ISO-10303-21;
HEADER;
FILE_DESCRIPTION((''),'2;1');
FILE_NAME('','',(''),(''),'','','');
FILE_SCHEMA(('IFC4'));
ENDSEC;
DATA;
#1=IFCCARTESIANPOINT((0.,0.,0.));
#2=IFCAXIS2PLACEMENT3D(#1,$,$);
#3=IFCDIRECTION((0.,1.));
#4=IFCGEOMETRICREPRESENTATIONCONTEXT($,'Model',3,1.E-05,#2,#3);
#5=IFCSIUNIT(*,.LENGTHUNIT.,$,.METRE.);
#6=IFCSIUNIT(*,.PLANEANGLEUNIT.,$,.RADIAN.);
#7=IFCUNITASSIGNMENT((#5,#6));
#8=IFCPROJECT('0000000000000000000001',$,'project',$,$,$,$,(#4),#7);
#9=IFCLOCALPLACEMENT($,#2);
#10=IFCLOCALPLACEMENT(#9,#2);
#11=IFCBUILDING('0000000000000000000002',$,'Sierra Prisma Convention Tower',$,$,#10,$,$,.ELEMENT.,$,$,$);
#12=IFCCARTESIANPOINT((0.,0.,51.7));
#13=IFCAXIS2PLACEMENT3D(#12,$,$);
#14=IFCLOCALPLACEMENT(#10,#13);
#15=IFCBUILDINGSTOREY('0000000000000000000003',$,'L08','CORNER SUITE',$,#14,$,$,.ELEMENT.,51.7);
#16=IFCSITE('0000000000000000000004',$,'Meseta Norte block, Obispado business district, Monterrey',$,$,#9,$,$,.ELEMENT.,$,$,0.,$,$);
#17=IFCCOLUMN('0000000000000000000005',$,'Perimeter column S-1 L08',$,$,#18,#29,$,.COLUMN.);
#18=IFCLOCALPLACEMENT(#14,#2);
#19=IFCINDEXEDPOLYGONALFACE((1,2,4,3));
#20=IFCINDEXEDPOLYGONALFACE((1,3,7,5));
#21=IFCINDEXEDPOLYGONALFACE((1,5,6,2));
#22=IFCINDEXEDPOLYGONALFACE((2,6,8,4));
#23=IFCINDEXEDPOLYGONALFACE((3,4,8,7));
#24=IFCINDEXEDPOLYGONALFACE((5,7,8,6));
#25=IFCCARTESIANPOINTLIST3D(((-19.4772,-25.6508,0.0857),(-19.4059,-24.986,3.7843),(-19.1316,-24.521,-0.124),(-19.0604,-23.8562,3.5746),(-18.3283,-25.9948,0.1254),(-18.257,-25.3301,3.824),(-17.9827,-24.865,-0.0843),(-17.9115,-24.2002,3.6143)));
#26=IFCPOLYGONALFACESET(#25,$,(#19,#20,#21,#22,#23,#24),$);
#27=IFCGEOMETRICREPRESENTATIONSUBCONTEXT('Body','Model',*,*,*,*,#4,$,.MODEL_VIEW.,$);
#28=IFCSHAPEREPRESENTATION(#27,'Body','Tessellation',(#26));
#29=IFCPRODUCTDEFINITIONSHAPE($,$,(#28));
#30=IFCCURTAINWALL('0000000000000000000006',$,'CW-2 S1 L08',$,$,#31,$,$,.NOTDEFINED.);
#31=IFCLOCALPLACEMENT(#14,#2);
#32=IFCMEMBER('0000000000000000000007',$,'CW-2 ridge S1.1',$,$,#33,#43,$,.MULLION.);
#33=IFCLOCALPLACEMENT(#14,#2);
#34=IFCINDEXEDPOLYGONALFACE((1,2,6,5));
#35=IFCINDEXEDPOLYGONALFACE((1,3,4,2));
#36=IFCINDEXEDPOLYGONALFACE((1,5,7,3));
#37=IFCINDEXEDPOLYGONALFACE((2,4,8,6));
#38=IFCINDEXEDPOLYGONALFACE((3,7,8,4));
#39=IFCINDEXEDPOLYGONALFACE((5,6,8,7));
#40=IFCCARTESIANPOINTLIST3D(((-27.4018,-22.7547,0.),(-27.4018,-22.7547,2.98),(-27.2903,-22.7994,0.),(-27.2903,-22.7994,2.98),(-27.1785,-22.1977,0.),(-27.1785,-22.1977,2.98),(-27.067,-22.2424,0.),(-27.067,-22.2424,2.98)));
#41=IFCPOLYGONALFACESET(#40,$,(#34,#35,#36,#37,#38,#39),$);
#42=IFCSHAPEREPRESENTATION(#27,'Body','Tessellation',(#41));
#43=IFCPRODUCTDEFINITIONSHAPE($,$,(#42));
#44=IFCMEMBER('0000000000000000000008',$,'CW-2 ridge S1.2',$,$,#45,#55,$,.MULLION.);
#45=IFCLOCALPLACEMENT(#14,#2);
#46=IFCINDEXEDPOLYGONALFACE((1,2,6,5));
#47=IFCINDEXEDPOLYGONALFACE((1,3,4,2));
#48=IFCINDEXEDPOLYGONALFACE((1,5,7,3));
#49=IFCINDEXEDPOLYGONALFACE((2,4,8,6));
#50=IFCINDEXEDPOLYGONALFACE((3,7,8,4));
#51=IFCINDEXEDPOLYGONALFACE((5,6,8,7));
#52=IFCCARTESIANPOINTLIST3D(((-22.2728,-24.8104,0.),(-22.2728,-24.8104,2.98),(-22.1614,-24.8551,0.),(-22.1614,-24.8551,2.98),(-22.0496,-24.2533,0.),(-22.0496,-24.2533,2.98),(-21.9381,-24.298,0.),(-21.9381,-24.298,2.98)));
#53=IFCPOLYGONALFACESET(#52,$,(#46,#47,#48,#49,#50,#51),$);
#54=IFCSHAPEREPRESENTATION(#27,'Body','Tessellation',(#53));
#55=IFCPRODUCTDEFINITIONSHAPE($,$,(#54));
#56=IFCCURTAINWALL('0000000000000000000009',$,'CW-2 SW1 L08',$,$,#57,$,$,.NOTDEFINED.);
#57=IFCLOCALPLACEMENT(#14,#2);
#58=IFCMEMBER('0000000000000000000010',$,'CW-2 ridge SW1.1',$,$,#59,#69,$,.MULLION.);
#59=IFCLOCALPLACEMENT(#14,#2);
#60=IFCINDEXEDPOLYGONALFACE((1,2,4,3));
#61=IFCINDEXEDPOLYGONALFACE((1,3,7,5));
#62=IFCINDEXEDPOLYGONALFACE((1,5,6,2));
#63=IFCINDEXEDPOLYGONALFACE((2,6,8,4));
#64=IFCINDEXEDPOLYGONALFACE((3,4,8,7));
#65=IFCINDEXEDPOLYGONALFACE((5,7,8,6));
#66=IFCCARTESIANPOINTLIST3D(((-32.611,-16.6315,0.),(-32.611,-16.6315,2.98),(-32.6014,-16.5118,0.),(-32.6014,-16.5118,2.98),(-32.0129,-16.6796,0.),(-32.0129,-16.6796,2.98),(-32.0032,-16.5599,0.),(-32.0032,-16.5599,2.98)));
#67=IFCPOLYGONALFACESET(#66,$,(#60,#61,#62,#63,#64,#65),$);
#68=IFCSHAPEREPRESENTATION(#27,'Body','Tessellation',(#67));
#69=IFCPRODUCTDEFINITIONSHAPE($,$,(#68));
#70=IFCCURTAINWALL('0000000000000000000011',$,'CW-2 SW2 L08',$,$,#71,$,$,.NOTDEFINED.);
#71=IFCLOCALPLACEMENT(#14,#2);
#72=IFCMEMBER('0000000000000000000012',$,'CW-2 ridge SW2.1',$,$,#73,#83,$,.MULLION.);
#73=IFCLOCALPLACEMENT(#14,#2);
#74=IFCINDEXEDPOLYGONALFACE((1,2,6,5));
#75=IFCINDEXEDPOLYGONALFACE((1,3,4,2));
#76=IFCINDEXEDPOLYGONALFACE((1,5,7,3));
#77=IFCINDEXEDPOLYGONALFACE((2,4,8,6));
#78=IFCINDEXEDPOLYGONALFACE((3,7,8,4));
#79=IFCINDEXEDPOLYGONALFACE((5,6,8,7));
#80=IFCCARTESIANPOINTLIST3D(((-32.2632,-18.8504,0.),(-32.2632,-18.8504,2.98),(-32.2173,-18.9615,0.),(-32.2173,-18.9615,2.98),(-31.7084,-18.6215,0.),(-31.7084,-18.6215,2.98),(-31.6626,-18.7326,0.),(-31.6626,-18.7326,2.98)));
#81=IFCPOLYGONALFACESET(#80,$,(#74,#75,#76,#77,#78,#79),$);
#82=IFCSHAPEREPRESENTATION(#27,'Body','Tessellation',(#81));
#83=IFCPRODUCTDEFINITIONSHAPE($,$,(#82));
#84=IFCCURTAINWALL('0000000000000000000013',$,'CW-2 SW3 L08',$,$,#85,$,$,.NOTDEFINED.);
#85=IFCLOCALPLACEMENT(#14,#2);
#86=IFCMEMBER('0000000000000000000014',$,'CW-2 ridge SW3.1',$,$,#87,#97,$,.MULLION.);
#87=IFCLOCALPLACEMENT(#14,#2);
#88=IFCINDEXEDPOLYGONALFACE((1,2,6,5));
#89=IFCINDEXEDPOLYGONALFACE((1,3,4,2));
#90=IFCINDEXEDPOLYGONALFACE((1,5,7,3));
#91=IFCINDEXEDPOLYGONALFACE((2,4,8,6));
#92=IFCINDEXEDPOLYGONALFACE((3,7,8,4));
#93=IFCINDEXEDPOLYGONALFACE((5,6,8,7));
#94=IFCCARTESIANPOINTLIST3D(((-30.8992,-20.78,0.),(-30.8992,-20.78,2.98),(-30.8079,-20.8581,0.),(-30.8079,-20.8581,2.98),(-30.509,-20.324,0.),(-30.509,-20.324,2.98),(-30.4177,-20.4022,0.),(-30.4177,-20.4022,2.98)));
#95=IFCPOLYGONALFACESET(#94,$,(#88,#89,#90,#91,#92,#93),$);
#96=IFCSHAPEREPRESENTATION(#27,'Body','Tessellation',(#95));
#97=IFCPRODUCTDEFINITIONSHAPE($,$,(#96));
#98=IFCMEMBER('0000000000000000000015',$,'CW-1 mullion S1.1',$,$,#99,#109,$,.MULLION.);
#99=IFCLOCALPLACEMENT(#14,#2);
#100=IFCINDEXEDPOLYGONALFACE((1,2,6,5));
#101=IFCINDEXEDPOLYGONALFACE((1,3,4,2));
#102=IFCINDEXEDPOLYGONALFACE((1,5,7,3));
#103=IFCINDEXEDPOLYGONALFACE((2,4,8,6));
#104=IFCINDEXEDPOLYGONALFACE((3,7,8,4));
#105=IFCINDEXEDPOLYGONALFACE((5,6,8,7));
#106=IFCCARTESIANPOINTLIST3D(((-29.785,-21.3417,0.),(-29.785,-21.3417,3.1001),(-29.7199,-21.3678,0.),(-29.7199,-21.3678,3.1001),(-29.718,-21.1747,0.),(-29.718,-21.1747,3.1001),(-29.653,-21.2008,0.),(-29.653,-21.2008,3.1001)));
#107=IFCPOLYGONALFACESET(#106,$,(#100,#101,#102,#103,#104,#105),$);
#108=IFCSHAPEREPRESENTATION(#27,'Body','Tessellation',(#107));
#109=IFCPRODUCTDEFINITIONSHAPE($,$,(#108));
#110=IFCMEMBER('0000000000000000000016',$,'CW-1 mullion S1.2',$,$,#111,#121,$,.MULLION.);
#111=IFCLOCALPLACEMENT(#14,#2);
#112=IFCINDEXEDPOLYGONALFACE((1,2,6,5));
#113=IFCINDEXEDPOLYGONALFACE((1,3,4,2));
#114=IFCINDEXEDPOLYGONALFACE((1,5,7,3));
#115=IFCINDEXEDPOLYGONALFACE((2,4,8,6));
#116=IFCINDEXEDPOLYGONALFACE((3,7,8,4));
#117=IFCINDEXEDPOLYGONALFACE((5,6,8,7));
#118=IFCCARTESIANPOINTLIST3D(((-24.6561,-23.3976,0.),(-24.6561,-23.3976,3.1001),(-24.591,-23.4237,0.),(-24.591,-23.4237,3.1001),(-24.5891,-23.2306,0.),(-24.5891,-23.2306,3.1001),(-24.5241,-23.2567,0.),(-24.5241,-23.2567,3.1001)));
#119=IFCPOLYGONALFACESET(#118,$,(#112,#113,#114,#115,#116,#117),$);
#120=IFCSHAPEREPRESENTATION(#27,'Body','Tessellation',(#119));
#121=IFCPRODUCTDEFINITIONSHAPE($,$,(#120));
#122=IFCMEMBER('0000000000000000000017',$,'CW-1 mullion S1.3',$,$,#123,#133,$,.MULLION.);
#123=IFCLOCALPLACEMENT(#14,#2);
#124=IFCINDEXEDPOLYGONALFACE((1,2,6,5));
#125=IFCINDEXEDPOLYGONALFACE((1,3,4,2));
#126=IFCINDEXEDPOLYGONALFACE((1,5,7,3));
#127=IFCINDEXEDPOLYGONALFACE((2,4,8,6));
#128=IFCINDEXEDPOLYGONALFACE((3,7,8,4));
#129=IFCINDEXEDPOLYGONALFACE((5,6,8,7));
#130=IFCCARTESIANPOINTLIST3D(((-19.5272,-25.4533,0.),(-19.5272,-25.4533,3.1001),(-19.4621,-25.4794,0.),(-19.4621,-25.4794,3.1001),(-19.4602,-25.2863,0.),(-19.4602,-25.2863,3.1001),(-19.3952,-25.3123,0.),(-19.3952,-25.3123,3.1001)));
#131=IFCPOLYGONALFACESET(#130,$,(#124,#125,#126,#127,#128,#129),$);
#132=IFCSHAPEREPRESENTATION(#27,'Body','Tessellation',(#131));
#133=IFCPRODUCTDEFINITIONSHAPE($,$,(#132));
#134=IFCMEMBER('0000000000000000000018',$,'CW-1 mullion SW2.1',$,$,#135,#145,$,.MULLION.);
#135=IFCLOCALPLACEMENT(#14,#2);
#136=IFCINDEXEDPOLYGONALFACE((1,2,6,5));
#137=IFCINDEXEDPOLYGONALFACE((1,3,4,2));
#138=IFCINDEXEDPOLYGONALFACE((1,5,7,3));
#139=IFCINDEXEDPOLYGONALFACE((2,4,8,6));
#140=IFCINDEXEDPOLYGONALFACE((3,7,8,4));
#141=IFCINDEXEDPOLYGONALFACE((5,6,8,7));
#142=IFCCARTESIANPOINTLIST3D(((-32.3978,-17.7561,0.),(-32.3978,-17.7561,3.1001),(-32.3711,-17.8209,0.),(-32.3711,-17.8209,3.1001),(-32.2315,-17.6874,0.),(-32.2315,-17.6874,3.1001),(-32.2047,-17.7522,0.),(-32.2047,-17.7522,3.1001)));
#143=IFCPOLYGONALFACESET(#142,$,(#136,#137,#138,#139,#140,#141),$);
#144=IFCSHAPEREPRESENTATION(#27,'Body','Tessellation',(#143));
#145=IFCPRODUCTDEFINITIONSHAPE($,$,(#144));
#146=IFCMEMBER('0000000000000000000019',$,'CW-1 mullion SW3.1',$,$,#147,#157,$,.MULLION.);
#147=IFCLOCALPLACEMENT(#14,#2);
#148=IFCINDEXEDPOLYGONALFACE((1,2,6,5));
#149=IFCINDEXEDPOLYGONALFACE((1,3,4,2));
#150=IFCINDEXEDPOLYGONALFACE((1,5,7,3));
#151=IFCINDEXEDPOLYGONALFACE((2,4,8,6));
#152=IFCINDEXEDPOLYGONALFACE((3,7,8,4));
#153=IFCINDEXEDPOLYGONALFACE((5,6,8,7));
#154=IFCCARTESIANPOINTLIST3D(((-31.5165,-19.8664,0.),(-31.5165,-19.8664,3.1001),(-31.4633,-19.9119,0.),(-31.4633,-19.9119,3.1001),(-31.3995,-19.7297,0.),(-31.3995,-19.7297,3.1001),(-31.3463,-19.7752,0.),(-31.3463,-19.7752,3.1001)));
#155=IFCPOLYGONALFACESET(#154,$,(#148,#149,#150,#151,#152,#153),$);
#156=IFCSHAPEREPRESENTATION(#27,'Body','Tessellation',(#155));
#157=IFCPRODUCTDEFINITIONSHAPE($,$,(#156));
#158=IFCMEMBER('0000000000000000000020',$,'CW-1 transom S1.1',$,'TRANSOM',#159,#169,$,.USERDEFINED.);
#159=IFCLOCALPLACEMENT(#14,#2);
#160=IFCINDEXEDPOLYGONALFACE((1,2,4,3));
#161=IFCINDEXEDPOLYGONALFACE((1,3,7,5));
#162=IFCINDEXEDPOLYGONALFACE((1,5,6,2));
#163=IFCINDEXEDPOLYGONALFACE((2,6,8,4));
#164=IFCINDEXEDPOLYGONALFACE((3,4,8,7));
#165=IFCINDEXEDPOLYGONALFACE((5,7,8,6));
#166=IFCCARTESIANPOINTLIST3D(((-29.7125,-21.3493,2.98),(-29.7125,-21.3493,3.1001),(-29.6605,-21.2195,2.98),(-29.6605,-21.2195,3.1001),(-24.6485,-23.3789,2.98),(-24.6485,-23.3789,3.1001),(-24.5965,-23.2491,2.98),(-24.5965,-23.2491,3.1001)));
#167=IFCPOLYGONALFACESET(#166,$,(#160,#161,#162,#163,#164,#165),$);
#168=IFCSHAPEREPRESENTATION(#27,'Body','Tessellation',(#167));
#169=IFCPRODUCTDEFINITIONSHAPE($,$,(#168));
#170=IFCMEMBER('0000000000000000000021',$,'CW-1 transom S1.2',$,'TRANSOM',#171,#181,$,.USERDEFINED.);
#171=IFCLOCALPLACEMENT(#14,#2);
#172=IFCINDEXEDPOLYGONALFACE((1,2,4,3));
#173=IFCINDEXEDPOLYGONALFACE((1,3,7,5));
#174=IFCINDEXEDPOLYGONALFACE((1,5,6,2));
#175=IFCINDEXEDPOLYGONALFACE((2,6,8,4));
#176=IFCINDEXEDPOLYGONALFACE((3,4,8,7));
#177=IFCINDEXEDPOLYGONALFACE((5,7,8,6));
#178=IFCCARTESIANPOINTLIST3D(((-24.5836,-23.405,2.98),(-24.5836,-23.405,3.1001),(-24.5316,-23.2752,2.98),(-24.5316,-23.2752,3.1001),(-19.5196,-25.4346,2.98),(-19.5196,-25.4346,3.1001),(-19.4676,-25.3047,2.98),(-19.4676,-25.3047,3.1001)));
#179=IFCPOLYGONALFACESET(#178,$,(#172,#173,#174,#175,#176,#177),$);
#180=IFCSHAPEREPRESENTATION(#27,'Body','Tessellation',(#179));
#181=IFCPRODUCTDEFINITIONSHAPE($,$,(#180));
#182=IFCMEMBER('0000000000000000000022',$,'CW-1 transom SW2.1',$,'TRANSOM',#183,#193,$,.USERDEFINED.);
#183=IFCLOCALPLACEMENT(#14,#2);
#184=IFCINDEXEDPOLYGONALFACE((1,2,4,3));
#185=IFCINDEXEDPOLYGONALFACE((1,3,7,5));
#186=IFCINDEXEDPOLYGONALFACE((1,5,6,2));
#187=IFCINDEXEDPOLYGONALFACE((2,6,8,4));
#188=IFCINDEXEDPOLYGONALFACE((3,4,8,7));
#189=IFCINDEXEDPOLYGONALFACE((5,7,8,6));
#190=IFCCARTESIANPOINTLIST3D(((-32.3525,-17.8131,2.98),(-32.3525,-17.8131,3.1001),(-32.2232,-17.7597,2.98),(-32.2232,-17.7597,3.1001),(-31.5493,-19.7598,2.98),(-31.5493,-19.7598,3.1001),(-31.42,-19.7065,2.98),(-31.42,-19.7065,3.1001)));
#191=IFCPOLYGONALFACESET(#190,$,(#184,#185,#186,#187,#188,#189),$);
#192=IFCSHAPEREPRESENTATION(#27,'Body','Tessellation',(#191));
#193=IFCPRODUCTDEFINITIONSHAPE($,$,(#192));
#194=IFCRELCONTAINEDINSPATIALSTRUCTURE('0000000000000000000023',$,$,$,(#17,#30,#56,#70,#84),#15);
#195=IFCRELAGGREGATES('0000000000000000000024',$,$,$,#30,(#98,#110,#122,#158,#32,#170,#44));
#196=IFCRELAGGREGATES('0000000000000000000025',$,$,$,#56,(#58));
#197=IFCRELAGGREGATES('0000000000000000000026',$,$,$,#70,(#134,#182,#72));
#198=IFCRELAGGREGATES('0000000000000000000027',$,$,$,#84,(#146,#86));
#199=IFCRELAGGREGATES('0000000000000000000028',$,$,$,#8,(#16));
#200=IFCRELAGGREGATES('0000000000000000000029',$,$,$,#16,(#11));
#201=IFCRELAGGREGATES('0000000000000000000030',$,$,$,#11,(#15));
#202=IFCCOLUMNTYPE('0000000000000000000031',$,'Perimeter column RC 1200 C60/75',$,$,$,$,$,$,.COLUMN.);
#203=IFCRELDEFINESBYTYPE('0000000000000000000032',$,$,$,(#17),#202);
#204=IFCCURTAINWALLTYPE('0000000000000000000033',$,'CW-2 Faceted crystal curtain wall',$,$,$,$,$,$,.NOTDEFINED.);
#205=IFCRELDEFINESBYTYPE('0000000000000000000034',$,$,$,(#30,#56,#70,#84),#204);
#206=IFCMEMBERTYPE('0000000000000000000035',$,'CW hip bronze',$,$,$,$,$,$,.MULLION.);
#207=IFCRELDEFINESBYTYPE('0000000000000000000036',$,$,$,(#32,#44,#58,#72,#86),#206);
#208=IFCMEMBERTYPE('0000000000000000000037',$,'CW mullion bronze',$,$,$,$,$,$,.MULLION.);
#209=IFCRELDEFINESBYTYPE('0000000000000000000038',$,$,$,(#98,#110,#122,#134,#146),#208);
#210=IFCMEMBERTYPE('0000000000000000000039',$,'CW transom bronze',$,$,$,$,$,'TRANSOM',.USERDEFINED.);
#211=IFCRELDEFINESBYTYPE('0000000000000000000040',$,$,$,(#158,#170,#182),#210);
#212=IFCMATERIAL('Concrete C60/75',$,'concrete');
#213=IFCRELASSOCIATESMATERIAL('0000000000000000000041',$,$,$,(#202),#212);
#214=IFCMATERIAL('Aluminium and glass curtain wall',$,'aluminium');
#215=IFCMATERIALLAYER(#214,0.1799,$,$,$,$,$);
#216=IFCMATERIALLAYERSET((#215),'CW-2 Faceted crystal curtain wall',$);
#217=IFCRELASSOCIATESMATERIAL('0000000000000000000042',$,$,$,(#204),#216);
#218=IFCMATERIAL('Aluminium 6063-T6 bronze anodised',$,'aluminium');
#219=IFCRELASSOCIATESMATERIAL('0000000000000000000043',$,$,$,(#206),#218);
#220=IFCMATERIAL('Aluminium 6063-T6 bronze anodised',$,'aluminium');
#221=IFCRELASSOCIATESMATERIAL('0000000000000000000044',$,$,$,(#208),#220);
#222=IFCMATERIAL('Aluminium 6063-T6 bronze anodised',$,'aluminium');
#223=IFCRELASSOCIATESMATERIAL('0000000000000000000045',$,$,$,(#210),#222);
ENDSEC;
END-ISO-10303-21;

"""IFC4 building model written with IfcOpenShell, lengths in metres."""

from ifc_helpers import new_model, si_unit, direction, frame, origin, origin_2d, place, context, subcontext, project, spatial, rectangle, extrude, clip, halfspace, material, layer, layer_set, material_profile, profile_set, type_object, element, aggregate, save


model = new_model("IFC4")

# Units and contexts
model_context = context("Model", 3, precision=1e-05, world=origin(), true_north=direction((0.0, 1.0)))
body_context = subcontext(model_context, "Body", "Model", "MODEL_VIEW")
ifc_project = project(units=[si_unit("LENGTHUNIT", "METRE"), si_unit("PLANEANGLEUNIT", "RADIAN")], contexts=[model_context])

# Site, building, storey
site_placement = place(None, origin())
site = spatial("IfcSite", under=ifc_project, at=site_placement, Name="Meseta Norte block, Obispado business district, Monterrey", CompositionType="ELEMENT", RefElevation=0.0)
building_placement = place(site_placement, origin())
building = spatial("IfcBuilding", under=site, at=building_placement, Name="Sierra Prisma Convention Tower", CompositionType="ELEMENT")
storey_placement = place(building_placement, frame((0.0, 0.0, 51.7)))
storey = spatial("IfcBuildingStorey", under=building, at=storey_placement, Name="L08", Description="CORNER SUITE", CompositionType="ELEMENT", Elevation=51.7)

# Column
ifc_material_1 = material(Name="Concrete C60/75", Category="concrete")
ifc_material_profile_1 = material_profile(ifc_material_1, rectangle(XDim=1.2, YDim=1.2, at=origin_2d()), Name="Perimeter column RC 1200 C60/75")
ifc_profile_set_1 = profile_set([ifc_material_profile_1], Name="Concrete C60/75")
column_type = type_object("IfcColumnType", Name="Perimeter column RC 1200 C60/75", PredefinedType="COLUMN", material=ifc_profile_set_1)
column_placement = place(storey_placement, frame((-18.73, -25.2581, 0.0), z_axis=(0.01896, 0.176876, 0.984051), x_axis=(-0.957447, 0.286705, -0.033085)))
element("IfcColumn", 1, at=column_placement, inside=storey, type_object=column_type, Name="Perimeter column S-1 L08", PredefinedType="COLUMN", context=body_context, shape_type="SweptSolid", body=[
    clip(clip(extrude(rectangle(XDim=1.2, YDim=1.2, at=origin_2d()), origin(), (0.0, 0.0, 1.0), 3.76), halfspace(frame((0.0, 0.0, 0.0007)), True)), halfspace(frame((0.0, 0.0, 3.7593)), False)),
])

# Curtain wall, members
ifc_material_2 = material(Name="Aluminium and glass curtain wall", Category="aluminium")
ifc_layer_1 = layer(ifc_material_2, 0.1799)
ifc_layer_set_1 = layer_set([ifc_layer_1], Name="CW-2 Faceted crystal curtain wall")
curtain_wall_type = type_object("IfcCurtainWallType", Name="CW-2 Faceted crystal curtain wall", PredefinedType="NOTDEFINED", material=ifc_layer_set_1)
curtain_wall_1_placement = place(storey_placement, origin())
curtain_wall_1 = element("IfcCurtainWall", 2, at=curtain_wall_1_placement, inside=storey, type_object=curtain_wall_type, Name="CW-2 S1 L08", PredefinedType="NOTDEFINED")
ifc_material_3 = material(Name="Aluminium 6063-T6 bronze anodised", Category="aluminium")
ifc_material_profile_2 = material_profile(ifc_material_3, rectangle(XDim=0.1201, YDim=0.6001, at=origin_2d()), Name="ALU RIDGE BLADE 120x600")
ifc_profile_set_2 = profile_set([ifc_material_profile_2], Name="Aluminium 6063-T6 bronze anodised")
member_type_1 = type_object("IfcMemberType", Name="CW hip bronze", PredefinedType="MULLION", material=ifc_profile_set_2)
member_1_placement = place(storey_placement, frame((-27.2344, -22.4985, 0.0), z_axis=(0.0, 0.0, 1.0), x_axis=(0.928218, -0.372036, 0.0)))
member_1 = element("IfcMember", 3, at=member_1_placement, type_object=member_type_1, Name="CW-2 ridge S1.1", PredefinedType="MULLION", context=body_context, shape_type="SweptSolid", body=[
    extrude(rectangle(XDim=0.1201, YDim=0.6001, at=origin_2d()), origin(), (0.0, 0.0, 1.0), 2.98),
])
member_2_placement = place(storey_placement, frame((-22.1055, -24.5542, 0.0), z_axis=(0.0, 0.0, 1.0), x_axis=(0.928218, -0.372036, 0.0)))
member_2 = element("IfcMember", 4, at=member_2_placement, type_object=member_type_1, Name="CW-2 ridge S1.2", PredefinedType="MULLION", context=body_context, shape_type="SweptSolid", body=[
    extrude(rectangle(XDim=0.1201, YDim=0.6001, at=origin_2d()), origin(), (0.0, 0.0, 1.0), 2.98),
])

# Curtain walls, members
curtain_wall_2_placement = place(storey_placement, origin())
curtain_wall_2 = element("IfcCurtainWall", 5, at=curtain_wall_2_placement, inside=storey, type_object=curtain_wall_type, Name="CW-2 SW1 L08", PredefinedType="NOTDEFINED")
member_3_placement = place(storey_placement, frame((-32.3071, -16.5957, 0.0), z_axis=(0.0, 0.0, 1.0), x_axis=(-0.080125, -0.996785, 0.0)))
member_3 = element("IfcMember", 6, at=member_3_placement, type_object=member_type_1, Name="CW-2 ridge SW1.1", PredefinedType="MULLION", context=body_context, shape_type="SweptSolid", body=[
    extrude(rectangle(XDim=0.1201, YDim=0.6001, at=origin_2d()), origin(), (0.0, 0.0, 1.0), 2.98),
])
curtain_wall_3_placement = place(storey_placement, origin())
curtain_wall_3 = element("IfcCurtainWall", 7, at=curtain_wall_3_placement, inside=storey, type_object=curtain_wall_type, Name="CW-2 SW2 L08", PredefinedType="NOTDEFINED")
member_4_placement = place(storey_placement, frame((-31.9629, -18.7915, 0.0), z_axis=(0.0, 0.0, 1.0), x_axis=(0.381451, -0.924389, 0.0)))
member_4 = element("IfcMember", 8, at=member_4_placement, type_object=member_type_1, Name="CW-2 ridge SW2.1", PredefinedType="MULLION", context=body_context, shape_type="SweptSolid", body=[
    extrude(rectangle(XDim=0.1201, YDim=0.6001, at=origin_2d()), origin(), (0.0, 0.0, 1.0), 2.98),
])
curtain_wall_4_placement = place(storey_placement, origin())
curtain_wall_4 = element("IfcCurtainWall", 9, at=curtain_wall_4_placement, inside=storey, type_object=curtain_wall_type, Name="CW-2 SW3 L08", PredefinedType="NOTDEFINED")
member_5_placement = place(storey_placement, frame((-30.6584, -20.5911, 0.0), z_axis=(0.0, 0.0, 1.0), x_axis=(0.759759, -0.650205, 0.0)))
member_5 = element("IfcMember", 10, at=member_5_placement, type_object=member_type_1, Name="CW-2 ridge SW3.1", PredefinedType="MULLION", context=body_context, shape_type="SweptSolid", body=[
    extrude(rectangle(XDim=0.1201, YDim=0.6001, at=origin_2d()), origin(), (0.0, 0.0, 1.0), 2.98),
])

# Members
ifc_material_4 = material(Name="Aluminium 6063-T6 bronze anodised", Category="aluminium")
ifc_material_profile_3 = material_profile(ifc_material_4, rectangle(XDim=0.1799, YDim=0.0701, at=origin_2d()), Name="ALU MULLION 70x180")
ifc_profile_set_3 = profile_set([ifc_material_profile_3], Name="Aluminium 6063-T6 bronze anodised")
member_type_2 = type_object("IfcMemberType", Name="CW mullion bronze", PredefinedType="MULLION", material=ifc_profile_set_3)
member_6_placement = place(storey_placement, frame((-29.719, -21.2712, 0.0), z_axis=(0.0, 0.0, 1.0), x_axis=(0.372036, 0.928218, 0.0)))
member_6 = element("IfcMember", 11, at=member_6_placement, type_object=member_type_2, Name="CW-1 mullion S1.1", PredefinedType="MULLION", context=body_context, shape_type="SweptSolid", body=[
    extrude(rectangle(XDim=0.1799, YDim=0.0701, at=origin_2d()), origin(), (0.0, 0.0, 1.0), 3.1001),
])
member_7_placement = place(storey_placement, frame((-24.5901, -23.3271, 0.0), z_axis=(0.0, 0.0, 1.0), x_axis=(0.372036, 0.928218, 0.0)))
member_7 = element("IfcMember", 12, at=member_7_placement, type_object=member_type_2, Name="CW-1 mullion S1.2", PredefinedType="MULLION", context=body_context, shape_type="SweptSolid", body=[
    extrude(rectangle(XDim=0.1799, YDim=0.0701, at=origin_2d()), origin(), (0.0, 0.0, 1.0), 3.1001),
])
member_8_placement = place(storey_placement, frame((-19.4612, -25.3828, 0.0), z_axis=(0.0, 0.0, 1.0), x_axis=(0.372036, 0.928218, 0.0)))
member_8 = element("IfcMember", 13, at=member_8_placement, type_object=member_type_2, Name="CW-1 mullion S1.3", PredefinedType="MULLION", context=body_context, shape_type="SweptSolid", body=[
    extrude(rectangle(XDim=0.1799, YDim=0.0701, at=origin_2d()), origin(), (0.0, 0.0, 1.0), 3.1001),
])
member_9_placement = place(storey_placement, frame((-32.3013, -17.7542, 0.0), z_axis=(0.0, 0.0, 1.0), x_axis=(0.924389, 0.381451, 0.0)))
member_9 = element("IfcMember", 14, at=member_9_placement, type_object=member_type_2, Name="CW-1 mullion SW2.1", PredefinedType="MULLION", context=body_context, shape_type="SweptSolid", body=[
    extrude(rectangle(XDim=0.1799, YDim=0.0701, at=origin_2d()), origin(), (0.0, 0.0, 1.0), 3.1001),
])
member_10_placement = place(storey_placement, frame((-31.4314, -19.8208, 0.0), z_axis=(0.0, 0.0, 1.0), x_axis=(0.650205, 0.759759, 0.0)))
member_10 = element("IfcMember", 15, at=member_10_placement, type_object=member_type_2, Name="CW-1 mullion SW3.1", PredefinedType="MULLION", context=body_context, shape_type="SweptSolid", body=[
    extrude(rectangle(XDim=0.1799, YDim=0.0701, at=origin_2d()), origin(), (0.0, 0.0, 1.0), 3.1001),
])
ifc_material_5 = material(Name="Aluminium 6063-T6 bronze anodised", Category="aluminium")
ifc_material_profile_4 = material_profile(ifc_material_5, rectangle(XDim=0.1399, YDim=0.1201, at=origin_2d()), Name="ALU TRANSOM 120x140")
ifc_profile_set_4 = profile_set([ifc_material_profile_4], Name="Aluminium 6063-T6 bronze anodised")
member_type_3 = type_object("IfcMemberType", Name="CW transom bronze", ElementType="TRANSOM", PredefinedType="USERDEFINED", material=ifc_profile_set_4)
member_11_placement = place(storey_placement, frame((-29.6865, -21.2844, 3.04), z_axis=(0.928226, -0.372016, 0.0), x_axis=(0.372016, 0.928226, 0.0)))
member_11 = element("IfcMember", 16, at=member_11_placement, type_object=member_type_3, Name="CW-1 transom S1.1", ObjectType="TRANSOM", PredefinedType="USERDEFINED", context=body_context, shape_type="SweptSolid", body=[
    extrude(rectangle(XDim=0.1399, YDim=0.1201, at=origin_2d()), origin(), (0.0, 0.0, 1.0), 5.4556),
])
member_12_placement = place(storey_placement, frame((-24.5576, -23.3401, 3.04), z_axis=(0.928226, -0.372016, 0.0), x_axis=(0.372016, 0.928226, 0.0)))
member_12 = element("IfcMember", 17, at=member_12_placement, type_object=member_type_3, Name="CW-1 transom S1.2", ObjectType="TRANSOM", PredefinedType="USERDEFINED", context=body_context, shape_type="SweptSolid", body=[
    extrude(rectangle(XDim=0.1399, YDim=0.1201, at=origin_2d()), origin(), (0.0, 0.0, 1.0), 5.4556),
])
member_13_placement = place(storey_placement, frame((-32.2878, -17.7864, 3.04), z_axis=(0.381403, -0.924409, 0.0), x_axis=(0.924409, 0.381403, 0.0)))
member_13 = element("IfcMember", 18, at=member_13_placement, type_object=member_type_3, Name="CW-1 transom SW2.1", ObjectType="TRANSOM", PredefinedType="USERDEFINED", context=body_context, shape_type="SweptSolid", body=[
    extrude(rectangle(XDim=0.1399, YDim=0.1201, at=origin_2d()), origin(), (0.0, 0.0, 1.0), 2.106),
])

aggregate(curtain_wall_1, [member_6, member_7, member_8, member_11, member_1, member_12, member_2])
aggregate(curtain_wall_2, [member_3])
aggregate(curtain_wall_3, [member_9, member_13, member_4])
aggregate(curtain_wall_4, [member_10, member_5])

save(model, "model.ifc")
